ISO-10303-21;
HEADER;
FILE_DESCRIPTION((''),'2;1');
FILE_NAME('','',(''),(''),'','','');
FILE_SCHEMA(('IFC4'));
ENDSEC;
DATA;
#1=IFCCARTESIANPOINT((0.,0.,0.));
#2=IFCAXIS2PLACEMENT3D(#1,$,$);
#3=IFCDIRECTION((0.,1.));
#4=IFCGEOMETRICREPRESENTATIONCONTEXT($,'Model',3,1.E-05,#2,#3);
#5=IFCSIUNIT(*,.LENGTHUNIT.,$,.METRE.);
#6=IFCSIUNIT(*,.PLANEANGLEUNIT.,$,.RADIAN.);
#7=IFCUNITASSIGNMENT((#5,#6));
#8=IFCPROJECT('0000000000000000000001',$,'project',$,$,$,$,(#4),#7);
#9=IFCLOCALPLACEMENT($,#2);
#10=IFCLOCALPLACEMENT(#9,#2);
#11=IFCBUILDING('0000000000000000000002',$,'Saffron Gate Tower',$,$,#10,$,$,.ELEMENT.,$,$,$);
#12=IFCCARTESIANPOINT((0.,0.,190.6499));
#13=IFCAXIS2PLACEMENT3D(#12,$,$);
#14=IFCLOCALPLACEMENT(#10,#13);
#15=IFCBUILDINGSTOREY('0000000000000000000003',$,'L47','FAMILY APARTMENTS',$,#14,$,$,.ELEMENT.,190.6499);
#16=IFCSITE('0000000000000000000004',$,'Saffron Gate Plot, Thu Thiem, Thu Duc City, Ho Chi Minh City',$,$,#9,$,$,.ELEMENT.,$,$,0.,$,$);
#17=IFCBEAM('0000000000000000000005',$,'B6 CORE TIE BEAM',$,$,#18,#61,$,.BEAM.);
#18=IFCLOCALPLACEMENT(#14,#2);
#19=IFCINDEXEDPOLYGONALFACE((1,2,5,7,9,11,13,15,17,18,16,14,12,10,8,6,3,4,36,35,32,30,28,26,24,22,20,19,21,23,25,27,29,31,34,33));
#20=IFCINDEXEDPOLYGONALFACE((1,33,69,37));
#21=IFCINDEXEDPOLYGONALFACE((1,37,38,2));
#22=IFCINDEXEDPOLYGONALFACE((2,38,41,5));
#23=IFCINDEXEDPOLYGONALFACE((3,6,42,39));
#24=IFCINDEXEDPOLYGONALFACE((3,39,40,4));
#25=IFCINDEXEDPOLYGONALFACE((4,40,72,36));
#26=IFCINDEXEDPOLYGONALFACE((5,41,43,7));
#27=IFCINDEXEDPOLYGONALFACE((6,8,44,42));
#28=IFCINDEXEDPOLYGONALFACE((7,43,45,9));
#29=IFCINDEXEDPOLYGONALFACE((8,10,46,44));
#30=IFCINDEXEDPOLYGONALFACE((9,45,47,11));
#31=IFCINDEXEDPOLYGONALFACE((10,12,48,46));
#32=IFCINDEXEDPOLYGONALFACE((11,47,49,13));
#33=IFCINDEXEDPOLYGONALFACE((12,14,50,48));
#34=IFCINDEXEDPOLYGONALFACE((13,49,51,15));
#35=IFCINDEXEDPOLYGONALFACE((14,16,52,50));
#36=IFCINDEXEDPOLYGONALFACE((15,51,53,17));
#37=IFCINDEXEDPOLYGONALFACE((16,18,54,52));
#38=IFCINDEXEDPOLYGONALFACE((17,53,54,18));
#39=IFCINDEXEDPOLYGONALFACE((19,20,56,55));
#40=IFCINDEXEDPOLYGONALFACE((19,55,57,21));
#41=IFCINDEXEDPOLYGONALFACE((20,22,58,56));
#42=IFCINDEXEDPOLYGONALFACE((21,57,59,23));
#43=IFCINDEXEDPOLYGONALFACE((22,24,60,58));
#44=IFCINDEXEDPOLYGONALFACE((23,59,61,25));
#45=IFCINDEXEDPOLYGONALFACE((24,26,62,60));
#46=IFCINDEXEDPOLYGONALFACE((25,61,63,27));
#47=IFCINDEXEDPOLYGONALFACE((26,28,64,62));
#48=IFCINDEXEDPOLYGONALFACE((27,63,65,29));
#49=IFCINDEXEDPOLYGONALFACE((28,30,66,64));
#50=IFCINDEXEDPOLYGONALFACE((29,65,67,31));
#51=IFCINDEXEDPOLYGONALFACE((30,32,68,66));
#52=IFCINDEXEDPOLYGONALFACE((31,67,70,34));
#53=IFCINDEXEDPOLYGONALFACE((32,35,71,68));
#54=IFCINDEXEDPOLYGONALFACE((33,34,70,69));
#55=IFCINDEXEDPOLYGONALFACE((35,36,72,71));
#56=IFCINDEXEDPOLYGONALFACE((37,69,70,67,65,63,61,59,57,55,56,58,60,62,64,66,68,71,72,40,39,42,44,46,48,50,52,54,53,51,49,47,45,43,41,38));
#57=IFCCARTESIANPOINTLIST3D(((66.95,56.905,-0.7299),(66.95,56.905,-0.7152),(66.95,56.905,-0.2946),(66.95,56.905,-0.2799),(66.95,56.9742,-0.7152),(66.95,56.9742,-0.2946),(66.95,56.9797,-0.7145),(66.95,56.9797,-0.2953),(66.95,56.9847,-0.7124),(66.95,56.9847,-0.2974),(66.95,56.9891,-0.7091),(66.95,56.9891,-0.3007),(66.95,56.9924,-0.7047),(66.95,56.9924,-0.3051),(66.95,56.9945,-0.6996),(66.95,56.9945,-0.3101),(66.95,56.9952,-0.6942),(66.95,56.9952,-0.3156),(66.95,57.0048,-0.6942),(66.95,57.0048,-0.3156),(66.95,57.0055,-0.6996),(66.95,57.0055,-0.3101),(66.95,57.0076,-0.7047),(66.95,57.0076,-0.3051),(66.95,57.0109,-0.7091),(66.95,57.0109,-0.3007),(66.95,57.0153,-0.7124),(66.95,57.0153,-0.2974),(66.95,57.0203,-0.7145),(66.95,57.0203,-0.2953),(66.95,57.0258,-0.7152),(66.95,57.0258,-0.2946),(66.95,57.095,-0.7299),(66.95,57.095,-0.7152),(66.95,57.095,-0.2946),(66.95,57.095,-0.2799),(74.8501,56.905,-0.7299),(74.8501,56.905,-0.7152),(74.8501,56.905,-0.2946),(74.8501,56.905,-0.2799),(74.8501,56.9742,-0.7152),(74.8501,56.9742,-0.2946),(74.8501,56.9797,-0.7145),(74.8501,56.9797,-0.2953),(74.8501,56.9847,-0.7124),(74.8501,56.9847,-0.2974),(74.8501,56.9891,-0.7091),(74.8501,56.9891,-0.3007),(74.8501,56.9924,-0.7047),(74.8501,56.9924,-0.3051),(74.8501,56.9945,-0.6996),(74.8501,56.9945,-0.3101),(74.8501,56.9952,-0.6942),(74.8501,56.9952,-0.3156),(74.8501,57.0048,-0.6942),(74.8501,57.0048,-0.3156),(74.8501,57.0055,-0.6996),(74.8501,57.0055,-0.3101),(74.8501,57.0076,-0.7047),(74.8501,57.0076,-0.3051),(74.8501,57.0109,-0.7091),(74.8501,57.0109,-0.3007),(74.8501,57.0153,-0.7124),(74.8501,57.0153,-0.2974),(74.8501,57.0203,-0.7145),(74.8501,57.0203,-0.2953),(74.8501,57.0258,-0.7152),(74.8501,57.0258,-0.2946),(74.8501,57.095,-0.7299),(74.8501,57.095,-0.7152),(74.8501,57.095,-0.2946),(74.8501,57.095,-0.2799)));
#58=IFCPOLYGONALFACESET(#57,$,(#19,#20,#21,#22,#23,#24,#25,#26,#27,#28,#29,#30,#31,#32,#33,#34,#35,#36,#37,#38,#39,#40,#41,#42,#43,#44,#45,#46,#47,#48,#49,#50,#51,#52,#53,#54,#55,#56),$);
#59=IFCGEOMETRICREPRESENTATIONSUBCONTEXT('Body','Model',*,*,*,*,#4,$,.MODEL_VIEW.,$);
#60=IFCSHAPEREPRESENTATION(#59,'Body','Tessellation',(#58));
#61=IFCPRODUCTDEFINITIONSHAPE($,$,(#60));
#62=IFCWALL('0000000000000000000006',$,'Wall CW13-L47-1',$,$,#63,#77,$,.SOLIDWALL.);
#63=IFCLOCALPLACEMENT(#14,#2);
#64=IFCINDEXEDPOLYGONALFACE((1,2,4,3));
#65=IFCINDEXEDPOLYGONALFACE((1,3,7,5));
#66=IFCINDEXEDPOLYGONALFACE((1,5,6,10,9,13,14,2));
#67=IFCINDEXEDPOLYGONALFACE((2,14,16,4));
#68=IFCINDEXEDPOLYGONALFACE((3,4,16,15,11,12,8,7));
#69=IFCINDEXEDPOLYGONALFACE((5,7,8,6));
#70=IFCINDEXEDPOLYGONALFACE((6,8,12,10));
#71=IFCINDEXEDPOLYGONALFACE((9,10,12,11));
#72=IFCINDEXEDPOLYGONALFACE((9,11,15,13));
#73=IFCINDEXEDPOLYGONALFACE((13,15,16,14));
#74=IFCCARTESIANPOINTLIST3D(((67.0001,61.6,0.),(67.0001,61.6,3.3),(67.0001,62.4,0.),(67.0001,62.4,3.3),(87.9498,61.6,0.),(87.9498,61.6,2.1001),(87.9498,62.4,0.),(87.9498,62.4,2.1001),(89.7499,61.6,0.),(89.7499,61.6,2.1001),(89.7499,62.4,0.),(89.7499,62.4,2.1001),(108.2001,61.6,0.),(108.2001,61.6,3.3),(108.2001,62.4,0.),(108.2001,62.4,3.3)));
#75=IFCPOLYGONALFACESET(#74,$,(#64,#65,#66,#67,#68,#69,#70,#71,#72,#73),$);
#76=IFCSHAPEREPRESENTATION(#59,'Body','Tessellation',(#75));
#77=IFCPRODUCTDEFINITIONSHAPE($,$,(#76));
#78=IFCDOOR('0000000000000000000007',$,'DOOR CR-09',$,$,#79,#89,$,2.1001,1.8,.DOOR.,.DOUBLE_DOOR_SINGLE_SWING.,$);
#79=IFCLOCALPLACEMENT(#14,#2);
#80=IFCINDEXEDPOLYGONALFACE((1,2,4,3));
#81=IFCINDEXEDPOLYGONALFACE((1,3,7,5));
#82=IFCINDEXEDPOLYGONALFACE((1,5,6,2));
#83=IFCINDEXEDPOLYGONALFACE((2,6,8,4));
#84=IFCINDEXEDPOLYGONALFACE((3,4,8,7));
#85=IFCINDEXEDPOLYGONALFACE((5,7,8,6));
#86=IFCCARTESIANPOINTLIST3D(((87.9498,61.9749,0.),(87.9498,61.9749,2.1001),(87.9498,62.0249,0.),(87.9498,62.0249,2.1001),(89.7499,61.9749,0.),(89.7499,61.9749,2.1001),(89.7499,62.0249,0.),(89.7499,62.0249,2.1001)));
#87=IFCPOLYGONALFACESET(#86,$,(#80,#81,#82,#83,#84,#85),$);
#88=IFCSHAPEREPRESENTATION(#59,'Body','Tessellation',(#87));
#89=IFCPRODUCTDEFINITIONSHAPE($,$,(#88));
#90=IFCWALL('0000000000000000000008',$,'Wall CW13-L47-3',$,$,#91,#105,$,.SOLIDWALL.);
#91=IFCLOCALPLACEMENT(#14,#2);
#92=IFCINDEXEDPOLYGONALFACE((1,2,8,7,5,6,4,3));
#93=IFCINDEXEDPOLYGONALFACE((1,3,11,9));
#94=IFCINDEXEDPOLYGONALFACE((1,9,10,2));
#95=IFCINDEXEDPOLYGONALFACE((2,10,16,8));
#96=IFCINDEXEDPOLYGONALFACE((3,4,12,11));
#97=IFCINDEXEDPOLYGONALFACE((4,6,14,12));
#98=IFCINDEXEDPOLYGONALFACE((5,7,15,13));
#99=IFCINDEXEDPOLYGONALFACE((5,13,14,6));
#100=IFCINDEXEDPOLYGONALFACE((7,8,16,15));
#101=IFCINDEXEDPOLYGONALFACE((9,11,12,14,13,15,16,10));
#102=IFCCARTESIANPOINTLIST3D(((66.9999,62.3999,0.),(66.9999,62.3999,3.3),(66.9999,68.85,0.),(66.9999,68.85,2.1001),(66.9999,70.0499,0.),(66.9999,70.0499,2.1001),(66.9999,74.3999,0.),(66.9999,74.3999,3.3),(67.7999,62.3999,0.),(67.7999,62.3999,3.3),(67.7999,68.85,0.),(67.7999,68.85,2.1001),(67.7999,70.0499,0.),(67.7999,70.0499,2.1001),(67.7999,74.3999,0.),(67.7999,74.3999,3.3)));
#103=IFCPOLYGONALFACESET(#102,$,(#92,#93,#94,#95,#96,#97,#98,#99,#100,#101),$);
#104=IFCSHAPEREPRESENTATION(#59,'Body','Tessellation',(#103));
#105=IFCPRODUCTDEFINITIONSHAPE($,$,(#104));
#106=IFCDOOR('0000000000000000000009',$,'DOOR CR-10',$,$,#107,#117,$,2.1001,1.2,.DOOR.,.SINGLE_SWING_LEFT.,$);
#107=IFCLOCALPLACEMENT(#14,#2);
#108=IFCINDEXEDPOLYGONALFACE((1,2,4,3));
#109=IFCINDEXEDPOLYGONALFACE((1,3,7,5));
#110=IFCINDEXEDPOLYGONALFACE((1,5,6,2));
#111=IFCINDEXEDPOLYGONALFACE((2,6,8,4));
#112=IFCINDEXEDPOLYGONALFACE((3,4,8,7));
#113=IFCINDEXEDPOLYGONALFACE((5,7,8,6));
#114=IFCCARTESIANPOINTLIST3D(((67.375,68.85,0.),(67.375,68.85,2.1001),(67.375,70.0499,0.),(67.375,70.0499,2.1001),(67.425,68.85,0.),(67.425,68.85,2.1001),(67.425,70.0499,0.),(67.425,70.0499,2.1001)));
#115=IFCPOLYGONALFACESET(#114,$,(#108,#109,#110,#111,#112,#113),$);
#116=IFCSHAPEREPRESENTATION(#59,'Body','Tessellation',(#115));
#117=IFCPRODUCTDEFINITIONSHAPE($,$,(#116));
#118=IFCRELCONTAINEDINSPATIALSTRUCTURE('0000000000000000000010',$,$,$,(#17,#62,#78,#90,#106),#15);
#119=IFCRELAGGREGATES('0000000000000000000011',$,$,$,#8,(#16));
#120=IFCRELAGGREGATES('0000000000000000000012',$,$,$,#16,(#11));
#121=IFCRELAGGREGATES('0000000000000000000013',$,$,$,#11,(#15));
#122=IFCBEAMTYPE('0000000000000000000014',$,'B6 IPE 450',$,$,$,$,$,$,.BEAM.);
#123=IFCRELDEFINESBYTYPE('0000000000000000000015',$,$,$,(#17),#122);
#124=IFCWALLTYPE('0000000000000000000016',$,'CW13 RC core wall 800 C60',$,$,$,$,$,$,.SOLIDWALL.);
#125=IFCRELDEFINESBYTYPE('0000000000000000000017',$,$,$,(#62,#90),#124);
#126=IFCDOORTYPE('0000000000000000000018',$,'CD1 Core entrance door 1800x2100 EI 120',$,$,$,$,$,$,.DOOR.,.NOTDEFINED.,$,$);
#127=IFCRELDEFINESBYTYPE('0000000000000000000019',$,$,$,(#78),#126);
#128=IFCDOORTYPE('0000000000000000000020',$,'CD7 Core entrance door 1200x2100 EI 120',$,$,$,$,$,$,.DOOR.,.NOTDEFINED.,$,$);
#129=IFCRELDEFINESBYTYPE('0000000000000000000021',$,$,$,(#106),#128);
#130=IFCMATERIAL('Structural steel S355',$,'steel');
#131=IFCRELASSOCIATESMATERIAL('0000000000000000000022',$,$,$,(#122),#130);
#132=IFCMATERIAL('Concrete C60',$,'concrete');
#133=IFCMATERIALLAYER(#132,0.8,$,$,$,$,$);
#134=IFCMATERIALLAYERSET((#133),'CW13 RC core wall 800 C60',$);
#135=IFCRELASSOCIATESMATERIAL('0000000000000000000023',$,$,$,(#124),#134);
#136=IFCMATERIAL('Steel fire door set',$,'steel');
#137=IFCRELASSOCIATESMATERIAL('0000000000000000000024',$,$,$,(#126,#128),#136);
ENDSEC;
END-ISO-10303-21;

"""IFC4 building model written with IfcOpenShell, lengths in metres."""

from ifc_helpers import new_model, si_unit, direction, frame, frame_2d, origin, origin_2d, place, context, subcontext, project, spatial, rectangle, i_section, extrude, material, layer, layer_set, material_profile, profile_set, type_object, element, fill, save


model = new_model("IFC4")

# Units and contexts
model_context = context("Model", 3, precision=1e-05, world=origin(), true_north=direction((0.0, 1.0)))
body_context = subcontext(model_context, "Body", "Model", "MODEL_VIEW")
ifc_project = project(units=[si_unit("LENGTHUNIT", "METRE"), si_unit("PLANEANGLEUNIT", "RADIAN")], contexts=[model_context])

# Site, building, storey
site_placement = place(None, origin())
site = spatial("IfcSite", under=ifc_project, at=site_placement, Name="Saffron Gate Plot, Thu Thiem, Thu Duc City, Ho Chi Minh City", CompositionType="ELEMENT", RefElevation=0.0)
building_placement = place(site_placement, origin())
building = spatial("IfcBuilding", under=site, at=building_placement, Name="Saffron Gate Tower", CompositionType="ELEMENT")
storey_placement = place(building_placement, frame((0.0, 0.0, 190.6499)))
storey = spatial("IfcBuildingStorey", under=building, at=storey_placement, Name="L47", Description="FAMILY APARTMENTS", CompositionType="ELEMENT", Elevation=190.6499)

# Beam
ifc_material_1 = material(Name="Structural steel S355", Category="steel")
ifc_material_profile = material_profile(ifc_material_1, i_section(OverallWidth=0.1899, OverallDepth=0.45, WebThickness=0.0095, FlangeThickness=0.0146, FilletRadius=0.021, at=origin_2d()))
ifc_profile_set = profile_set([ifc_material_profile], Name="Structural steel S355")
beam_type = type_object("IfcBeamType", Name="B6 IPE 450", PredefinedType="BEAM", material=ifc_profile_set)
beam_placement = place(storey_placement, frame((66.95, 57.0, -0.5049), z_axis=(1.0, 0.0, 0.0), x_axis=(0.0, 1.0, 0.0)))
element("IfcBeam", 1, at=beam_placement, inside=storey, type_object=beam_type, Name="B6 CORE TIE BEAM", PredefinedType="BEAM", context=body_context, shape_type="SweptSolid", body=[
    extrude(i_section(OverallWidth=0.1899, OverallDepth=0.45, WebThickness=0.0095, FlangeThickness=0.0146, FilletRadius=0.021, at=origin_2d()), origin(), (0.0, 0.0, 1.0), 7.9001),
])

# Walls, openings, doors
ifc_material_2 = material(Name="Concrete C60", Category="concrete")
ifc_layer_1 = layer(ifc_material_2, 0.8)
ifc_layer_set_1 = layer_set([ifc_layer_1], Name="CW13 RC core wall 800 C60")
wall_type_1 = type_object("IfcWallType", Name="CW13 RC core wall 800 C60", PredefinedType="SOLIDWALL", material=ifc_layer_set_1)
wall_1_placement = place(storey_placement, frame((67.0, 62.0, 0.0), z_axis=(0.0, 0.0, 1.0), x_axis=(1.0, 0.0, 0.0)))
wall_1 = element("IfcWall", 2, at=wall_1_placement, inside=storey, type_object=wall_type_1, Name="Wall CW13-L47-1", PredefinedType="SOLIDWALL", context=body_context, shape_type="SweptSolid", body=[
    extrude(rectangle(XDim=41.2, YDim=0.8, at=frame_2d((20.6001, 0.0))), origin(), (0.0, 0.0, 1.0), 3.3),
])
opening_1_placement = place(wall_1_placement, frame((20.95, 0.0, 0.0)))
opening_1 = element("IfcOpeningElement", 3, at=opening_1_placement, cuts=wall_1, PredefinedType="OPENING", context=body_context, shape_type="SweptSolid", body=[
    extrude(rectangle(XDim=1.8, YDim=2.1001, at=frame_2d((0.8999, 1.05))), frame((0.0, 0.4102, 0.0), z_axis=(0.0, -1.0, 0.0), x_axis=(1.0, 0.0, 0.0)), (0.0, 0.0, 1.0), 0.8201),
])
ifc_material_3 = material(Name="Steel fire door set", Category="steel")
door_type_1 = type_object("IfcDoorType", Name="CD1 Core entrance door 1800x2100 EI 120", OperationType="NOTDEFINED", PredefinedType="DOOR", material=ifc_material_3)
door_1_placement = place(opening_1_placement, origin())
door_1 = element("IfcDoor", 4, at=door_1_placement, inside=storey, type_object=door_type_1, Name="DOOR CR-09", OperationType="DOUBLE_DOOR_SINGLE_SWING", OverallHeight=2.1001, OverallWidth=1.8, PredefinedType="DOOR", context=body_context, shape_type="SweptSolid", body=[
    extrude(rectangle(XDim=1.8, YDim=2.1001, at=frame_2d((0.8999, 1.05))), frame((0.0, 0.0249, 0.0), z_axis=(0.0, -1.0, 0.0), x_axis=(1.0, 0.0, 0.0)), (0.0, 0.0, 1.0), 0.05),
])
fill(opening_1, door_1)
wall_2_placement = place(storey_placement, frame((67.3999, 62.3999, 0.0), z_axis=(0.0, 0.0, 1.0), x_axis=(0.0, 1.0, 0.0)))
wall_2 = element("IfcWall", 5, at=wall_2_placement, inside=storey, type_object=wall_type_1, Name="Wall CW13-L47-3", PredefinedType="SOLIDWALL", context=body_context, shape_type="SweptSolid", body=[
    extrude(rectangle(XDim=12.0, YDim=0.8, at=frame_2d((6.0, 0.0))), origin(), (0.0, 0.0, 1.0), 3.3),
])
opening_2_placement = place(wall_2_placement, frame((6.45, 0.0, 0.0)))
opening_2 = element("IfcOpeningElement", 6, at=opening_2_placement, cuts=wall_2, PredefinedType="OPENING", context=body_context, shape_type="SweptSolid", body=[
    extrude(rectangle(XDim=1.2, YDim=2.1001, at=frame_2d((0.6001, 1.05))), frame((0.0, 0.4102, 0.0), z_axis=(0.0, -1.0, 0.0), x_axis=(1.0, 0.0, 0.0)), (0.0, 0.0, 1.0), 0.8201),
])
door_type_2 = type_object("IfcDoorType", Name="CD7 Core entrance door 1200x2100 EI 120", OperationType="NOTDEFINED", PredefinedType="DOOR", material=ifc_material_3)
door_2_placement = place(opening_2_placement, origin())
door_2 = element("IfcDoor", 7, at=door_2_placement, inside=storey, type_object=door_type_2, Name="DOOR CR-10", OperationType="SINGLE_SWING_LEFT", OverallHeight=2.1001, OverallWidth=1.2, PredefinedType="DOOR", context=body_context, shape_type="SweptSolid", body=[
    extrude(rectangle(XDim=1.2, YDim=2.1001, at=frame_2d((0.6001, 1.05))), frame((0.0, 0.0249, 0.0), z_axis=(0.0, -1.0, 0.0), x_axis=(1.0, 0.0, 0.0)), (0.0, 0.0, 1.0), 0.05),
])
fill(opening_2, door_2)

save(model, "model.ifc")
